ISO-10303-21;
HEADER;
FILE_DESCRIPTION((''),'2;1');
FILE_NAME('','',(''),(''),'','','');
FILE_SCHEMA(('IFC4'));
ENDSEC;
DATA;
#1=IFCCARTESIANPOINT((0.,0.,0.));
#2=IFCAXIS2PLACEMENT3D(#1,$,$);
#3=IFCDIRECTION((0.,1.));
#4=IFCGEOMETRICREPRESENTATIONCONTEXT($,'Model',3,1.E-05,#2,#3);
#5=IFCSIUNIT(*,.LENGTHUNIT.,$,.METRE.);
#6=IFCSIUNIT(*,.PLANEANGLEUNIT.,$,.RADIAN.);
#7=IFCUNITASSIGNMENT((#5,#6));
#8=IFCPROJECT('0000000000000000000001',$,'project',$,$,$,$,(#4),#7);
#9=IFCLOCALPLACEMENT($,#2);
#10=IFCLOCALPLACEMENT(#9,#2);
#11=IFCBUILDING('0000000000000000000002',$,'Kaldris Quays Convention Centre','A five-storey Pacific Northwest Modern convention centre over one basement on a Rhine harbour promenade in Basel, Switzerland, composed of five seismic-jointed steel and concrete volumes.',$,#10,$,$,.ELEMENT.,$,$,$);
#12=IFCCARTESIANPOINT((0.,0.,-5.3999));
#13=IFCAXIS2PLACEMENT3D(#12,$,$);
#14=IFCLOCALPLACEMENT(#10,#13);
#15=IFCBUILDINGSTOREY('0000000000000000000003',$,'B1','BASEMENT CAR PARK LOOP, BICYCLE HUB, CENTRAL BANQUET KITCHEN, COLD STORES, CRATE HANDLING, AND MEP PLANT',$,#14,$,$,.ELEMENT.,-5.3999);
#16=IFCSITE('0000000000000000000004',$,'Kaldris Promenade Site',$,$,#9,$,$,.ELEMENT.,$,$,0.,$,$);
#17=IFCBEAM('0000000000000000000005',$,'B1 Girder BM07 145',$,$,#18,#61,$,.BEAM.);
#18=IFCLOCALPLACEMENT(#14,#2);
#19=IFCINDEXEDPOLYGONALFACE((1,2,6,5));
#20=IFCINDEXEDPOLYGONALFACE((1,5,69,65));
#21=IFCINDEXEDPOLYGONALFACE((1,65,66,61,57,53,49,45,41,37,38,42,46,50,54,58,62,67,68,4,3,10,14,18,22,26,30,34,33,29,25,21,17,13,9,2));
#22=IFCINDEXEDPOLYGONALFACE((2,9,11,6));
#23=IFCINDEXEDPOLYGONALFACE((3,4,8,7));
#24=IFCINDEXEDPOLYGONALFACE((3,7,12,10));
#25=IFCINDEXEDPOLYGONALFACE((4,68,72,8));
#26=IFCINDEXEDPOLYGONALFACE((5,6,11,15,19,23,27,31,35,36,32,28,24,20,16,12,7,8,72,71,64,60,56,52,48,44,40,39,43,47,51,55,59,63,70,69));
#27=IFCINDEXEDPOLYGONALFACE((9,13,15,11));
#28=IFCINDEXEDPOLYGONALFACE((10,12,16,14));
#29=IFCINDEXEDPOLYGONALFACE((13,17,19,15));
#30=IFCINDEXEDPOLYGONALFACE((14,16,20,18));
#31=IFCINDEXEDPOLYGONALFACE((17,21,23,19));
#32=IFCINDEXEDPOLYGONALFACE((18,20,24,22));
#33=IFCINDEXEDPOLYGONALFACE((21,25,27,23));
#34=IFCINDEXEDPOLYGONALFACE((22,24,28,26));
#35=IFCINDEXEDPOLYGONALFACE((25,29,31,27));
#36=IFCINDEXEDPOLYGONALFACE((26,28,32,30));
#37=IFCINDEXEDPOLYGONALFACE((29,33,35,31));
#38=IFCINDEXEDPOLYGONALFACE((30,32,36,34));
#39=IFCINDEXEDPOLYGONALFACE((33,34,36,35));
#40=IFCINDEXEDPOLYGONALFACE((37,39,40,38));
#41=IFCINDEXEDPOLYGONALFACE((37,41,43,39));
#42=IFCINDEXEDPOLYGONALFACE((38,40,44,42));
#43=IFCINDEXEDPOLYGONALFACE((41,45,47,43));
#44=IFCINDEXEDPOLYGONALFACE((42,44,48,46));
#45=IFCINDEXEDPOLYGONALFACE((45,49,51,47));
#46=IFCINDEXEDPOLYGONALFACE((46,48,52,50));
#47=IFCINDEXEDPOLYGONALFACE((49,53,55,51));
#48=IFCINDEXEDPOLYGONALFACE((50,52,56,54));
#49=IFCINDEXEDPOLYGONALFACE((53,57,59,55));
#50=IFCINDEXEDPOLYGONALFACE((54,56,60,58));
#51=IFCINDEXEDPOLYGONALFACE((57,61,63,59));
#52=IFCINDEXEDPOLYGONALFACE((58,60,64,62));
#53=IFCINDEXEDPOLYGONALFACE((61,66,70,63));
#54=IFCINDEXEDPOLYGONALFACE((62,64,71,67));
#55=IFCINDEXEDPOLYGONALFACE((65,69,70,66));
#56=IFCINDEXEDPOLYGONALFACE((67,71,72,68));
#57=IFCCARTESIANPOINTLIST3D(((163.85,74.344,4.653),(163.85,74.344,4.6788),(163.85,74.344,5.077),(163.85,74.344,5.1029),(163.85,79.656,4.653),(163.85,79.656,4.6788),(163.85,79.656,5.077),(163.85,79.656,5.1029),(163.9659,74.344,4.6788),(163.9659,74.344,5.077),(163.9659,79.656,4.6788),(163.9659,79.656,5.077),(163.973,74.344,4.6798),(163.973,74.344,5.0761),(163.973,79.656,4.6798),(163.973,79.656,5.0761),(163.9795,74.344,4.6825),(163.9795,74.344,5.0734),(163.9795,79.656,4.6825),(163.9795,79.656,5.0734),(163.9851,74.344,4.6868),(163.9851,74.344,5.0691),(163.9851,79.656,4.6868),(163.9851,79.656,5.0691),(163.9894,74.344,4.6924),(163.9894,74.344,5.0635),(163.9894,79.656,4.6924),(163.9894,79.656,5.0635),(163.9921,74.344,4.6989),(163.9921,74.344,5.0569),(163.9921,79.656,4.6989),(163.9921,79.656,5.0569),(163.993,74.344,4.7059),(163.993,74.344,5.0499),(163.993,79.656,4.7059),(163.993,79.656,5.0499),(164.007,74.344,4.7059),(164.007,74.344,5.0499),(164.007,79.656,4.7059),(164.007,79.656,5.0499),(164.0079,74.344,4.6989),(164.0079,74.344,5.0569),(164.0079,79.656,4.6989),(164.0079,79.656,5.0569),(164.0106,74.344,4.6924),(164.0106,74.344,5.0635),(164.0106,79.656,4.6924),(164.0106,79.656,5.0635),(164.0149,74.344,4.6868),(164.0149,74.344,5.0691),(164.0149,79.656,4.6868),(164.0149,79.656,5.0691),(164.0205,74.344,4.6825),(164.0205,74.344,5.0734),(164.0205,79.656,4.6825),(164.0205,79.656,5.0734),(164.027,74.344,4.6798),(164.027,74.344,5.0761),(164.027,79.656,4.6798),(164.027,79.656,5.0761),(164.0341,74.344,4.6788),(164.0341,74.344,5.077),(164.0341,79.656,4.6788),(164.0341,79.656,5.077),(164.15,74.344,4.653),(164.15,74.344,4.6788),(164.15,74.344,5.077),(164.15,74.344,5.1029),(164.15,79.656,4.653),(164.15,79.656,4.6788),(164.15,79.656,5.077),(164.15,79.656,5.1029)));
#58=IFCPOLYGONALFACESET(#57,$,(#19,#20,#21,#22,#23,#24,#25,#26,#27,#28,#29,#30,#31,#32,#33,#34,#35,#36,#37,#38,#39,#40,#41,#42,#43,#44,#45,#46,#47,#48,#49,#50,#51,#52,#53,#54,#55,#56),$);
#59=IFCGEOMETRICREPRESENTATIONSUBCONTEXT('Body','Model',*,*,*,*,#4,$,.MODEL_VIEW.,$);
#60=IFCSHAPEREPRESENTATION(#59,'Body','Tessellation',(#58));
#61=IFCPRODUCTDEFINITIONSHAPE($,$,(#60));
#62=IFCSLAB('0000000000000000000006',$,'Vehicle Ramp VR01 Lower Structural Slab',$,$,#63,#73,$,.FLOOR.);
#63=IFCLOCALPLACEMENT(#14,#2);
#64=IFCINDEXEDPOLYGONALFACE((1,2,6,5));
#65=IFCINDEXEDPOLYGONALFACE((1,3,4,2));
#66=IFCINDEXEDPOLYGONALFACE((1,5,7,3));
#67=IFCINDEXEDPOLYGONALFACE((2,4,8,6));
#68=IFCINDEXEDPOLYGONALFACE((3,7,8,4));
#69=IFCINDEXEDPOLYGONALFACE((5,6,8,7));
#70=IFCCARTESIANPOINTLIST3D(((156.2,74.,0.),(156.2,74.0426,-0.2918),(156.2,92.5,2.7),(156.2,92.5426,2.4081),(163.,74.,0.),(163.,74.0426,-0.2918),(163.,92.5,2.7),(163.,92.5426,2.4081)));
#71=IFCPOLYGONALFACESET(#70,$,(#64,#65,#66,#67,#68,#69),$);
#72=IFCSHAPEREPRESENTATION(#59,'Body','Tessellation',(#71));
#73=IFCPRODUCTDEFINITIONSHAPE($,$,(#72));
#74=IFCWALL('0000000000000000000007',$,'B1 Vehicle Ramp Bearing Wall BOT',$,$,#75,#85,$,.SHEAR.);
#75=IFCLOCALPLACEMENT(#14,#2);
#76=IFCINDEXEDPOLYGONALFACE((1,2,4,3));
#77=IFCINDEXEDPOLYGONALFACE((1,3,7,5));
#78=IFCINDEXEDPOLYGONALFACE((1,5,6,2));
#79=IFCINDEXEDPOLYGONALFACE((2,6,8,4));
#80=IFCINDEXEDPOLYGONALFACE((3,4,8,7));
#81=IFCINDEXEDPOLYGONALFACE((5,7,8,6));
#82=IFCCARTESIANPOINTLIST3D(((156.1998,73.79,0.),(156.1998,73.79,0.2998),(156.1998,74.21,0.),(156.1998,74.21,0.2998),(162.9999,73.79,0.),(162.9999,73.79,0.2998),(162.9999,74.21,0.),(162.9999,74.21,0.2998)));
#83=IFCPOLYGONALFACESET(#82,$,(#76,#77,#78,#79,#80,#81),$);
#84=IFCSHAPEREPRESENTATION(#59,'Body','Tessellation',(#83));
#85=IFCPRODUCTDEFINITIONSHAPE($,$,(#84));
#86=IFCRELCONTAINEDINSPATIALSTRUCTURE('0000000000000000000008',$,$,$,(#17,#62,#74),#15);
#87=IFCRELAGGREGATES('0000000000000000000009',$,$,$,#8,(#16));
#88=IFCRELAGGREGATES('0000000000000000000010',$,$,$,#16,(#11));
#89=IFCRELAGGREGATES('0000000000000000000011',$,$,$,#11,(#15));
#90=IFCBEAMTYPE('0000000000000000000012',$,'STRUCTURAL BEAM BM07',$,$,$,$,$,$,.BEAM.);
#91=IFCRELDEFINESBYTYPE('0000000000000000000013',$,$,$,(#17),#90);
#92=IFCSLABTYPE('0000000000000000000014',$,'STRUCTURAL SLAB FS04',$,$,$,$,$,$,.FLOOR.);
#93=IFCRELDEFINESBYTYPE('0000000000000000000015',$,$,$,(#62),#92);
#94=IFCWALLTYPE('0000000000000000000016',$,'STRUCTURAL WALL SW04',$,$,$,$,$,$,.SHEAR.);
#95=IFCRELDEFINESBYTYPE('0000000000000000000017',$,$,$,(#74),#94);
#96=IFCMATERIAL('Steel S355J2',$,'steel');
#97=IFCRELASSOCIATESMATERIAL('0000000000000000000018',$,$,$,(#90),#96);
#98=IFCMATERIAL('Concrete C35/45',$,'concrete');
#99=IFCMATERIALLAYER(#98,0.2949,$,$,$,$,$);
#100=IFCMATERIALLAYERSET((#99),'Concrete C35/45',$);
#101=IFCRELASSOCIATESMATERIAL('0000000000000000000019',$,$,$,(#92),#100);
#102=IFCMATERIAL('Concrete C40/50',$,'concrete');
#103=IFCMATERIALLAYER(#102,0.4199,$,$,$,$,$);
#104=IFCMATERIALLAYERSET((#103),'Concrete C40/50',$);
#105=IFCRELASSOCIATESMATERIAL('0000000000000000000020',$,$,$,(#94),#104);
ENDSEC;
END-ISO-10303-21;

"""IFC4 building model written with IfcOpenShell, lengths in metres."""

from ifc_helpers import new_model, si_unit, direction, frame, frame_2d, origin, origin_2d, place, context, subcontext, project, spatial, polyline, rectangle, i_section, outline, extrude, material, layer, layer_set, material_profile, profile_set, type_object, element, save


model = new_model("IFC4")

# Units and contexts
model_context = context("Model", 3, precision=1e-05, world=origin(), true_north=direction((0.0, 1.0)))
body_context = subcontext(model_context, "Body", "Model", "MODEL_VIEW")
ifc_project = project(units=[si_unit("LENGTHUNIT", "METRE"), si_unit("PLANEANGLEUNIT", "RADIAN")], contexts=[model_context])

# Site, building, storey
site_placement = place(None, origin())
site = spatial("IfcSite", under=ifc_project, at=site_placement, Name="Kaldris Promenade Site", CompositionType="ELEMENT", RefElevation=0.0)
building_placement = place(site_placement, origin())
building = spatial("IfcBuilding", under=site, at=building_placement, Name="Kaldris Quays Convention Centre", Description="A five-storey Pacific Northwest Modern convention centre over one basement on a Rhine harbour promenade in Basel, Switzerland, composed of five seismic-jointed steel and concrete volumes.", CompositionType="ELEMENT")
storey_placement = place(building_placement, frame((0.0, 0.0, -5.3999)))
storey = spatial("IfcBuildingStorey", under=building, at=storey_placement, Name="B1", Description="BASEMENT CAR PARK LOOP, BICYCLE HUB, CENTRAL BANQUET KITCHEN, COLD STORES, CRATE HANDLING, AND MEP PLANT", CompositionType="ELEMENT", Elevation=-5.3999)

# Shared definitions
ifc_material_1 = material(Name="Concrete C35/45", Category="concrete")

# Shared definitions
ifc_material_2 = material(Name="Steel S355J2", Category="steel")

# Beam
ifc_material_profile_1 = material_profile(ifc_material_2, i_section(OverallWidth=0.3, OverallDepth=0.45, WebThickness=0.0139, FlangeThickness=0.0259, FilletRadius=0.0271, at=origin_2d()), Name="HEB 450")
ifc_profile_set_1 = profile_set([ifc_material_profile_1], Name="Steel S355J2")
beam_type_1 = type_object("IfcBeamType", Name="STRUCTURAL BEAM BM07", PredefinedType="BEAM", material=ifc_profile_set_1)
for number, where, z_axis, x_axis, name in (
    (1, (164.0, 74.344, 4.8779), (0.0, 1.0, 0.0), (-1.0, 0.0, 0.0), "B1 Girder BM07 145"),
):
    element("IfcBeam", number, at=place(storey_placement, frame(where, z_axis=z_axis, x_axis=x_axis)), inside=storey, type_object=beam_type_1, Name=name, PredefinedType="BEAM", context=body_context, shape_type="SweptSolid", body=[
        extrude(i_section(OverallWidth=0.3, OverallDepth=0.45, WebThickness=0.0139, FlangeThickness=0.0259, FilletRadius=0.0271, at=origin_2d()), origin(), (0.0, 0.0, 1.0), 5.312),
    ])

# Slab
ifc_layer_1 = layer(ifc_material_1, 0.2949)
ifc_layer_set_1 = layer_set([ifc_layer_1], Name="Concrete C35/45")
slab_type = type_object("IfcSlabType", Name="STRUCTURAL SLAB FS04", PredefinedType="FLOOR", material=ifc_layer_set_1)
slab_placement = place(storey_placement, frame((156.2, 74.0, 0.0), z_axis=(0.0, -0.144413, 0.989517), x_axis=(1.0, 0.0, 0.0)))
element("IfcSlab", 2, at=slab_placement, inside=storey, type_object=slab_type, Name="Vehicle Ramp VR01 Lower Structural Slab", PredefinedType="FLOOR", context=body_context, shape_type="SweptSolid", body=[
    extrude(outline(polyline([(0.0, 0.0), (6.8, 0.0), (6.8, 18.696), (0.0, 18.696), (0.0, 0.0)])), origin(), (0.0, 0.0, -1.0), 0.2949),
])

# Wall
ifc_material_3 = material(Name="Concrete C40/50", Category="concrete")
ifc_layer_2 = layer(ifc_material_3, 0.4199)
ifc_layer_set_2 = layer_set([ifc_layer_2], Name="Concrete C40/50")
wall_type = type_object("IfcWallType", Name="STRUCTURAL WALL SW04", PredefinedType="SHEAR", material=ifc_layer_set_2)
wall_placement = place(storey_placement, frame((156.2, 74.0, 0.0), z_axis=(0.0, 0.0, 1.0), x_axis=(1.0, 0.0, 0.0)))
element("IfcWall", 3, at=wall_placement, inside=storey, type_object=wall_type, Name="B1 Vehicle Ramp Bearing Wall BOT", PredefinedType="SHEAR", context=body_context, shape_type="SweptSolid", body=[
    extrude(rectangle(XDim=6.8, YDim=0.4199, at=frame_2d((3.3999, 0.0))), origin(), (0.0, 0.0, 1.0), 0.2998),
])

save(model, "model.ifc")
